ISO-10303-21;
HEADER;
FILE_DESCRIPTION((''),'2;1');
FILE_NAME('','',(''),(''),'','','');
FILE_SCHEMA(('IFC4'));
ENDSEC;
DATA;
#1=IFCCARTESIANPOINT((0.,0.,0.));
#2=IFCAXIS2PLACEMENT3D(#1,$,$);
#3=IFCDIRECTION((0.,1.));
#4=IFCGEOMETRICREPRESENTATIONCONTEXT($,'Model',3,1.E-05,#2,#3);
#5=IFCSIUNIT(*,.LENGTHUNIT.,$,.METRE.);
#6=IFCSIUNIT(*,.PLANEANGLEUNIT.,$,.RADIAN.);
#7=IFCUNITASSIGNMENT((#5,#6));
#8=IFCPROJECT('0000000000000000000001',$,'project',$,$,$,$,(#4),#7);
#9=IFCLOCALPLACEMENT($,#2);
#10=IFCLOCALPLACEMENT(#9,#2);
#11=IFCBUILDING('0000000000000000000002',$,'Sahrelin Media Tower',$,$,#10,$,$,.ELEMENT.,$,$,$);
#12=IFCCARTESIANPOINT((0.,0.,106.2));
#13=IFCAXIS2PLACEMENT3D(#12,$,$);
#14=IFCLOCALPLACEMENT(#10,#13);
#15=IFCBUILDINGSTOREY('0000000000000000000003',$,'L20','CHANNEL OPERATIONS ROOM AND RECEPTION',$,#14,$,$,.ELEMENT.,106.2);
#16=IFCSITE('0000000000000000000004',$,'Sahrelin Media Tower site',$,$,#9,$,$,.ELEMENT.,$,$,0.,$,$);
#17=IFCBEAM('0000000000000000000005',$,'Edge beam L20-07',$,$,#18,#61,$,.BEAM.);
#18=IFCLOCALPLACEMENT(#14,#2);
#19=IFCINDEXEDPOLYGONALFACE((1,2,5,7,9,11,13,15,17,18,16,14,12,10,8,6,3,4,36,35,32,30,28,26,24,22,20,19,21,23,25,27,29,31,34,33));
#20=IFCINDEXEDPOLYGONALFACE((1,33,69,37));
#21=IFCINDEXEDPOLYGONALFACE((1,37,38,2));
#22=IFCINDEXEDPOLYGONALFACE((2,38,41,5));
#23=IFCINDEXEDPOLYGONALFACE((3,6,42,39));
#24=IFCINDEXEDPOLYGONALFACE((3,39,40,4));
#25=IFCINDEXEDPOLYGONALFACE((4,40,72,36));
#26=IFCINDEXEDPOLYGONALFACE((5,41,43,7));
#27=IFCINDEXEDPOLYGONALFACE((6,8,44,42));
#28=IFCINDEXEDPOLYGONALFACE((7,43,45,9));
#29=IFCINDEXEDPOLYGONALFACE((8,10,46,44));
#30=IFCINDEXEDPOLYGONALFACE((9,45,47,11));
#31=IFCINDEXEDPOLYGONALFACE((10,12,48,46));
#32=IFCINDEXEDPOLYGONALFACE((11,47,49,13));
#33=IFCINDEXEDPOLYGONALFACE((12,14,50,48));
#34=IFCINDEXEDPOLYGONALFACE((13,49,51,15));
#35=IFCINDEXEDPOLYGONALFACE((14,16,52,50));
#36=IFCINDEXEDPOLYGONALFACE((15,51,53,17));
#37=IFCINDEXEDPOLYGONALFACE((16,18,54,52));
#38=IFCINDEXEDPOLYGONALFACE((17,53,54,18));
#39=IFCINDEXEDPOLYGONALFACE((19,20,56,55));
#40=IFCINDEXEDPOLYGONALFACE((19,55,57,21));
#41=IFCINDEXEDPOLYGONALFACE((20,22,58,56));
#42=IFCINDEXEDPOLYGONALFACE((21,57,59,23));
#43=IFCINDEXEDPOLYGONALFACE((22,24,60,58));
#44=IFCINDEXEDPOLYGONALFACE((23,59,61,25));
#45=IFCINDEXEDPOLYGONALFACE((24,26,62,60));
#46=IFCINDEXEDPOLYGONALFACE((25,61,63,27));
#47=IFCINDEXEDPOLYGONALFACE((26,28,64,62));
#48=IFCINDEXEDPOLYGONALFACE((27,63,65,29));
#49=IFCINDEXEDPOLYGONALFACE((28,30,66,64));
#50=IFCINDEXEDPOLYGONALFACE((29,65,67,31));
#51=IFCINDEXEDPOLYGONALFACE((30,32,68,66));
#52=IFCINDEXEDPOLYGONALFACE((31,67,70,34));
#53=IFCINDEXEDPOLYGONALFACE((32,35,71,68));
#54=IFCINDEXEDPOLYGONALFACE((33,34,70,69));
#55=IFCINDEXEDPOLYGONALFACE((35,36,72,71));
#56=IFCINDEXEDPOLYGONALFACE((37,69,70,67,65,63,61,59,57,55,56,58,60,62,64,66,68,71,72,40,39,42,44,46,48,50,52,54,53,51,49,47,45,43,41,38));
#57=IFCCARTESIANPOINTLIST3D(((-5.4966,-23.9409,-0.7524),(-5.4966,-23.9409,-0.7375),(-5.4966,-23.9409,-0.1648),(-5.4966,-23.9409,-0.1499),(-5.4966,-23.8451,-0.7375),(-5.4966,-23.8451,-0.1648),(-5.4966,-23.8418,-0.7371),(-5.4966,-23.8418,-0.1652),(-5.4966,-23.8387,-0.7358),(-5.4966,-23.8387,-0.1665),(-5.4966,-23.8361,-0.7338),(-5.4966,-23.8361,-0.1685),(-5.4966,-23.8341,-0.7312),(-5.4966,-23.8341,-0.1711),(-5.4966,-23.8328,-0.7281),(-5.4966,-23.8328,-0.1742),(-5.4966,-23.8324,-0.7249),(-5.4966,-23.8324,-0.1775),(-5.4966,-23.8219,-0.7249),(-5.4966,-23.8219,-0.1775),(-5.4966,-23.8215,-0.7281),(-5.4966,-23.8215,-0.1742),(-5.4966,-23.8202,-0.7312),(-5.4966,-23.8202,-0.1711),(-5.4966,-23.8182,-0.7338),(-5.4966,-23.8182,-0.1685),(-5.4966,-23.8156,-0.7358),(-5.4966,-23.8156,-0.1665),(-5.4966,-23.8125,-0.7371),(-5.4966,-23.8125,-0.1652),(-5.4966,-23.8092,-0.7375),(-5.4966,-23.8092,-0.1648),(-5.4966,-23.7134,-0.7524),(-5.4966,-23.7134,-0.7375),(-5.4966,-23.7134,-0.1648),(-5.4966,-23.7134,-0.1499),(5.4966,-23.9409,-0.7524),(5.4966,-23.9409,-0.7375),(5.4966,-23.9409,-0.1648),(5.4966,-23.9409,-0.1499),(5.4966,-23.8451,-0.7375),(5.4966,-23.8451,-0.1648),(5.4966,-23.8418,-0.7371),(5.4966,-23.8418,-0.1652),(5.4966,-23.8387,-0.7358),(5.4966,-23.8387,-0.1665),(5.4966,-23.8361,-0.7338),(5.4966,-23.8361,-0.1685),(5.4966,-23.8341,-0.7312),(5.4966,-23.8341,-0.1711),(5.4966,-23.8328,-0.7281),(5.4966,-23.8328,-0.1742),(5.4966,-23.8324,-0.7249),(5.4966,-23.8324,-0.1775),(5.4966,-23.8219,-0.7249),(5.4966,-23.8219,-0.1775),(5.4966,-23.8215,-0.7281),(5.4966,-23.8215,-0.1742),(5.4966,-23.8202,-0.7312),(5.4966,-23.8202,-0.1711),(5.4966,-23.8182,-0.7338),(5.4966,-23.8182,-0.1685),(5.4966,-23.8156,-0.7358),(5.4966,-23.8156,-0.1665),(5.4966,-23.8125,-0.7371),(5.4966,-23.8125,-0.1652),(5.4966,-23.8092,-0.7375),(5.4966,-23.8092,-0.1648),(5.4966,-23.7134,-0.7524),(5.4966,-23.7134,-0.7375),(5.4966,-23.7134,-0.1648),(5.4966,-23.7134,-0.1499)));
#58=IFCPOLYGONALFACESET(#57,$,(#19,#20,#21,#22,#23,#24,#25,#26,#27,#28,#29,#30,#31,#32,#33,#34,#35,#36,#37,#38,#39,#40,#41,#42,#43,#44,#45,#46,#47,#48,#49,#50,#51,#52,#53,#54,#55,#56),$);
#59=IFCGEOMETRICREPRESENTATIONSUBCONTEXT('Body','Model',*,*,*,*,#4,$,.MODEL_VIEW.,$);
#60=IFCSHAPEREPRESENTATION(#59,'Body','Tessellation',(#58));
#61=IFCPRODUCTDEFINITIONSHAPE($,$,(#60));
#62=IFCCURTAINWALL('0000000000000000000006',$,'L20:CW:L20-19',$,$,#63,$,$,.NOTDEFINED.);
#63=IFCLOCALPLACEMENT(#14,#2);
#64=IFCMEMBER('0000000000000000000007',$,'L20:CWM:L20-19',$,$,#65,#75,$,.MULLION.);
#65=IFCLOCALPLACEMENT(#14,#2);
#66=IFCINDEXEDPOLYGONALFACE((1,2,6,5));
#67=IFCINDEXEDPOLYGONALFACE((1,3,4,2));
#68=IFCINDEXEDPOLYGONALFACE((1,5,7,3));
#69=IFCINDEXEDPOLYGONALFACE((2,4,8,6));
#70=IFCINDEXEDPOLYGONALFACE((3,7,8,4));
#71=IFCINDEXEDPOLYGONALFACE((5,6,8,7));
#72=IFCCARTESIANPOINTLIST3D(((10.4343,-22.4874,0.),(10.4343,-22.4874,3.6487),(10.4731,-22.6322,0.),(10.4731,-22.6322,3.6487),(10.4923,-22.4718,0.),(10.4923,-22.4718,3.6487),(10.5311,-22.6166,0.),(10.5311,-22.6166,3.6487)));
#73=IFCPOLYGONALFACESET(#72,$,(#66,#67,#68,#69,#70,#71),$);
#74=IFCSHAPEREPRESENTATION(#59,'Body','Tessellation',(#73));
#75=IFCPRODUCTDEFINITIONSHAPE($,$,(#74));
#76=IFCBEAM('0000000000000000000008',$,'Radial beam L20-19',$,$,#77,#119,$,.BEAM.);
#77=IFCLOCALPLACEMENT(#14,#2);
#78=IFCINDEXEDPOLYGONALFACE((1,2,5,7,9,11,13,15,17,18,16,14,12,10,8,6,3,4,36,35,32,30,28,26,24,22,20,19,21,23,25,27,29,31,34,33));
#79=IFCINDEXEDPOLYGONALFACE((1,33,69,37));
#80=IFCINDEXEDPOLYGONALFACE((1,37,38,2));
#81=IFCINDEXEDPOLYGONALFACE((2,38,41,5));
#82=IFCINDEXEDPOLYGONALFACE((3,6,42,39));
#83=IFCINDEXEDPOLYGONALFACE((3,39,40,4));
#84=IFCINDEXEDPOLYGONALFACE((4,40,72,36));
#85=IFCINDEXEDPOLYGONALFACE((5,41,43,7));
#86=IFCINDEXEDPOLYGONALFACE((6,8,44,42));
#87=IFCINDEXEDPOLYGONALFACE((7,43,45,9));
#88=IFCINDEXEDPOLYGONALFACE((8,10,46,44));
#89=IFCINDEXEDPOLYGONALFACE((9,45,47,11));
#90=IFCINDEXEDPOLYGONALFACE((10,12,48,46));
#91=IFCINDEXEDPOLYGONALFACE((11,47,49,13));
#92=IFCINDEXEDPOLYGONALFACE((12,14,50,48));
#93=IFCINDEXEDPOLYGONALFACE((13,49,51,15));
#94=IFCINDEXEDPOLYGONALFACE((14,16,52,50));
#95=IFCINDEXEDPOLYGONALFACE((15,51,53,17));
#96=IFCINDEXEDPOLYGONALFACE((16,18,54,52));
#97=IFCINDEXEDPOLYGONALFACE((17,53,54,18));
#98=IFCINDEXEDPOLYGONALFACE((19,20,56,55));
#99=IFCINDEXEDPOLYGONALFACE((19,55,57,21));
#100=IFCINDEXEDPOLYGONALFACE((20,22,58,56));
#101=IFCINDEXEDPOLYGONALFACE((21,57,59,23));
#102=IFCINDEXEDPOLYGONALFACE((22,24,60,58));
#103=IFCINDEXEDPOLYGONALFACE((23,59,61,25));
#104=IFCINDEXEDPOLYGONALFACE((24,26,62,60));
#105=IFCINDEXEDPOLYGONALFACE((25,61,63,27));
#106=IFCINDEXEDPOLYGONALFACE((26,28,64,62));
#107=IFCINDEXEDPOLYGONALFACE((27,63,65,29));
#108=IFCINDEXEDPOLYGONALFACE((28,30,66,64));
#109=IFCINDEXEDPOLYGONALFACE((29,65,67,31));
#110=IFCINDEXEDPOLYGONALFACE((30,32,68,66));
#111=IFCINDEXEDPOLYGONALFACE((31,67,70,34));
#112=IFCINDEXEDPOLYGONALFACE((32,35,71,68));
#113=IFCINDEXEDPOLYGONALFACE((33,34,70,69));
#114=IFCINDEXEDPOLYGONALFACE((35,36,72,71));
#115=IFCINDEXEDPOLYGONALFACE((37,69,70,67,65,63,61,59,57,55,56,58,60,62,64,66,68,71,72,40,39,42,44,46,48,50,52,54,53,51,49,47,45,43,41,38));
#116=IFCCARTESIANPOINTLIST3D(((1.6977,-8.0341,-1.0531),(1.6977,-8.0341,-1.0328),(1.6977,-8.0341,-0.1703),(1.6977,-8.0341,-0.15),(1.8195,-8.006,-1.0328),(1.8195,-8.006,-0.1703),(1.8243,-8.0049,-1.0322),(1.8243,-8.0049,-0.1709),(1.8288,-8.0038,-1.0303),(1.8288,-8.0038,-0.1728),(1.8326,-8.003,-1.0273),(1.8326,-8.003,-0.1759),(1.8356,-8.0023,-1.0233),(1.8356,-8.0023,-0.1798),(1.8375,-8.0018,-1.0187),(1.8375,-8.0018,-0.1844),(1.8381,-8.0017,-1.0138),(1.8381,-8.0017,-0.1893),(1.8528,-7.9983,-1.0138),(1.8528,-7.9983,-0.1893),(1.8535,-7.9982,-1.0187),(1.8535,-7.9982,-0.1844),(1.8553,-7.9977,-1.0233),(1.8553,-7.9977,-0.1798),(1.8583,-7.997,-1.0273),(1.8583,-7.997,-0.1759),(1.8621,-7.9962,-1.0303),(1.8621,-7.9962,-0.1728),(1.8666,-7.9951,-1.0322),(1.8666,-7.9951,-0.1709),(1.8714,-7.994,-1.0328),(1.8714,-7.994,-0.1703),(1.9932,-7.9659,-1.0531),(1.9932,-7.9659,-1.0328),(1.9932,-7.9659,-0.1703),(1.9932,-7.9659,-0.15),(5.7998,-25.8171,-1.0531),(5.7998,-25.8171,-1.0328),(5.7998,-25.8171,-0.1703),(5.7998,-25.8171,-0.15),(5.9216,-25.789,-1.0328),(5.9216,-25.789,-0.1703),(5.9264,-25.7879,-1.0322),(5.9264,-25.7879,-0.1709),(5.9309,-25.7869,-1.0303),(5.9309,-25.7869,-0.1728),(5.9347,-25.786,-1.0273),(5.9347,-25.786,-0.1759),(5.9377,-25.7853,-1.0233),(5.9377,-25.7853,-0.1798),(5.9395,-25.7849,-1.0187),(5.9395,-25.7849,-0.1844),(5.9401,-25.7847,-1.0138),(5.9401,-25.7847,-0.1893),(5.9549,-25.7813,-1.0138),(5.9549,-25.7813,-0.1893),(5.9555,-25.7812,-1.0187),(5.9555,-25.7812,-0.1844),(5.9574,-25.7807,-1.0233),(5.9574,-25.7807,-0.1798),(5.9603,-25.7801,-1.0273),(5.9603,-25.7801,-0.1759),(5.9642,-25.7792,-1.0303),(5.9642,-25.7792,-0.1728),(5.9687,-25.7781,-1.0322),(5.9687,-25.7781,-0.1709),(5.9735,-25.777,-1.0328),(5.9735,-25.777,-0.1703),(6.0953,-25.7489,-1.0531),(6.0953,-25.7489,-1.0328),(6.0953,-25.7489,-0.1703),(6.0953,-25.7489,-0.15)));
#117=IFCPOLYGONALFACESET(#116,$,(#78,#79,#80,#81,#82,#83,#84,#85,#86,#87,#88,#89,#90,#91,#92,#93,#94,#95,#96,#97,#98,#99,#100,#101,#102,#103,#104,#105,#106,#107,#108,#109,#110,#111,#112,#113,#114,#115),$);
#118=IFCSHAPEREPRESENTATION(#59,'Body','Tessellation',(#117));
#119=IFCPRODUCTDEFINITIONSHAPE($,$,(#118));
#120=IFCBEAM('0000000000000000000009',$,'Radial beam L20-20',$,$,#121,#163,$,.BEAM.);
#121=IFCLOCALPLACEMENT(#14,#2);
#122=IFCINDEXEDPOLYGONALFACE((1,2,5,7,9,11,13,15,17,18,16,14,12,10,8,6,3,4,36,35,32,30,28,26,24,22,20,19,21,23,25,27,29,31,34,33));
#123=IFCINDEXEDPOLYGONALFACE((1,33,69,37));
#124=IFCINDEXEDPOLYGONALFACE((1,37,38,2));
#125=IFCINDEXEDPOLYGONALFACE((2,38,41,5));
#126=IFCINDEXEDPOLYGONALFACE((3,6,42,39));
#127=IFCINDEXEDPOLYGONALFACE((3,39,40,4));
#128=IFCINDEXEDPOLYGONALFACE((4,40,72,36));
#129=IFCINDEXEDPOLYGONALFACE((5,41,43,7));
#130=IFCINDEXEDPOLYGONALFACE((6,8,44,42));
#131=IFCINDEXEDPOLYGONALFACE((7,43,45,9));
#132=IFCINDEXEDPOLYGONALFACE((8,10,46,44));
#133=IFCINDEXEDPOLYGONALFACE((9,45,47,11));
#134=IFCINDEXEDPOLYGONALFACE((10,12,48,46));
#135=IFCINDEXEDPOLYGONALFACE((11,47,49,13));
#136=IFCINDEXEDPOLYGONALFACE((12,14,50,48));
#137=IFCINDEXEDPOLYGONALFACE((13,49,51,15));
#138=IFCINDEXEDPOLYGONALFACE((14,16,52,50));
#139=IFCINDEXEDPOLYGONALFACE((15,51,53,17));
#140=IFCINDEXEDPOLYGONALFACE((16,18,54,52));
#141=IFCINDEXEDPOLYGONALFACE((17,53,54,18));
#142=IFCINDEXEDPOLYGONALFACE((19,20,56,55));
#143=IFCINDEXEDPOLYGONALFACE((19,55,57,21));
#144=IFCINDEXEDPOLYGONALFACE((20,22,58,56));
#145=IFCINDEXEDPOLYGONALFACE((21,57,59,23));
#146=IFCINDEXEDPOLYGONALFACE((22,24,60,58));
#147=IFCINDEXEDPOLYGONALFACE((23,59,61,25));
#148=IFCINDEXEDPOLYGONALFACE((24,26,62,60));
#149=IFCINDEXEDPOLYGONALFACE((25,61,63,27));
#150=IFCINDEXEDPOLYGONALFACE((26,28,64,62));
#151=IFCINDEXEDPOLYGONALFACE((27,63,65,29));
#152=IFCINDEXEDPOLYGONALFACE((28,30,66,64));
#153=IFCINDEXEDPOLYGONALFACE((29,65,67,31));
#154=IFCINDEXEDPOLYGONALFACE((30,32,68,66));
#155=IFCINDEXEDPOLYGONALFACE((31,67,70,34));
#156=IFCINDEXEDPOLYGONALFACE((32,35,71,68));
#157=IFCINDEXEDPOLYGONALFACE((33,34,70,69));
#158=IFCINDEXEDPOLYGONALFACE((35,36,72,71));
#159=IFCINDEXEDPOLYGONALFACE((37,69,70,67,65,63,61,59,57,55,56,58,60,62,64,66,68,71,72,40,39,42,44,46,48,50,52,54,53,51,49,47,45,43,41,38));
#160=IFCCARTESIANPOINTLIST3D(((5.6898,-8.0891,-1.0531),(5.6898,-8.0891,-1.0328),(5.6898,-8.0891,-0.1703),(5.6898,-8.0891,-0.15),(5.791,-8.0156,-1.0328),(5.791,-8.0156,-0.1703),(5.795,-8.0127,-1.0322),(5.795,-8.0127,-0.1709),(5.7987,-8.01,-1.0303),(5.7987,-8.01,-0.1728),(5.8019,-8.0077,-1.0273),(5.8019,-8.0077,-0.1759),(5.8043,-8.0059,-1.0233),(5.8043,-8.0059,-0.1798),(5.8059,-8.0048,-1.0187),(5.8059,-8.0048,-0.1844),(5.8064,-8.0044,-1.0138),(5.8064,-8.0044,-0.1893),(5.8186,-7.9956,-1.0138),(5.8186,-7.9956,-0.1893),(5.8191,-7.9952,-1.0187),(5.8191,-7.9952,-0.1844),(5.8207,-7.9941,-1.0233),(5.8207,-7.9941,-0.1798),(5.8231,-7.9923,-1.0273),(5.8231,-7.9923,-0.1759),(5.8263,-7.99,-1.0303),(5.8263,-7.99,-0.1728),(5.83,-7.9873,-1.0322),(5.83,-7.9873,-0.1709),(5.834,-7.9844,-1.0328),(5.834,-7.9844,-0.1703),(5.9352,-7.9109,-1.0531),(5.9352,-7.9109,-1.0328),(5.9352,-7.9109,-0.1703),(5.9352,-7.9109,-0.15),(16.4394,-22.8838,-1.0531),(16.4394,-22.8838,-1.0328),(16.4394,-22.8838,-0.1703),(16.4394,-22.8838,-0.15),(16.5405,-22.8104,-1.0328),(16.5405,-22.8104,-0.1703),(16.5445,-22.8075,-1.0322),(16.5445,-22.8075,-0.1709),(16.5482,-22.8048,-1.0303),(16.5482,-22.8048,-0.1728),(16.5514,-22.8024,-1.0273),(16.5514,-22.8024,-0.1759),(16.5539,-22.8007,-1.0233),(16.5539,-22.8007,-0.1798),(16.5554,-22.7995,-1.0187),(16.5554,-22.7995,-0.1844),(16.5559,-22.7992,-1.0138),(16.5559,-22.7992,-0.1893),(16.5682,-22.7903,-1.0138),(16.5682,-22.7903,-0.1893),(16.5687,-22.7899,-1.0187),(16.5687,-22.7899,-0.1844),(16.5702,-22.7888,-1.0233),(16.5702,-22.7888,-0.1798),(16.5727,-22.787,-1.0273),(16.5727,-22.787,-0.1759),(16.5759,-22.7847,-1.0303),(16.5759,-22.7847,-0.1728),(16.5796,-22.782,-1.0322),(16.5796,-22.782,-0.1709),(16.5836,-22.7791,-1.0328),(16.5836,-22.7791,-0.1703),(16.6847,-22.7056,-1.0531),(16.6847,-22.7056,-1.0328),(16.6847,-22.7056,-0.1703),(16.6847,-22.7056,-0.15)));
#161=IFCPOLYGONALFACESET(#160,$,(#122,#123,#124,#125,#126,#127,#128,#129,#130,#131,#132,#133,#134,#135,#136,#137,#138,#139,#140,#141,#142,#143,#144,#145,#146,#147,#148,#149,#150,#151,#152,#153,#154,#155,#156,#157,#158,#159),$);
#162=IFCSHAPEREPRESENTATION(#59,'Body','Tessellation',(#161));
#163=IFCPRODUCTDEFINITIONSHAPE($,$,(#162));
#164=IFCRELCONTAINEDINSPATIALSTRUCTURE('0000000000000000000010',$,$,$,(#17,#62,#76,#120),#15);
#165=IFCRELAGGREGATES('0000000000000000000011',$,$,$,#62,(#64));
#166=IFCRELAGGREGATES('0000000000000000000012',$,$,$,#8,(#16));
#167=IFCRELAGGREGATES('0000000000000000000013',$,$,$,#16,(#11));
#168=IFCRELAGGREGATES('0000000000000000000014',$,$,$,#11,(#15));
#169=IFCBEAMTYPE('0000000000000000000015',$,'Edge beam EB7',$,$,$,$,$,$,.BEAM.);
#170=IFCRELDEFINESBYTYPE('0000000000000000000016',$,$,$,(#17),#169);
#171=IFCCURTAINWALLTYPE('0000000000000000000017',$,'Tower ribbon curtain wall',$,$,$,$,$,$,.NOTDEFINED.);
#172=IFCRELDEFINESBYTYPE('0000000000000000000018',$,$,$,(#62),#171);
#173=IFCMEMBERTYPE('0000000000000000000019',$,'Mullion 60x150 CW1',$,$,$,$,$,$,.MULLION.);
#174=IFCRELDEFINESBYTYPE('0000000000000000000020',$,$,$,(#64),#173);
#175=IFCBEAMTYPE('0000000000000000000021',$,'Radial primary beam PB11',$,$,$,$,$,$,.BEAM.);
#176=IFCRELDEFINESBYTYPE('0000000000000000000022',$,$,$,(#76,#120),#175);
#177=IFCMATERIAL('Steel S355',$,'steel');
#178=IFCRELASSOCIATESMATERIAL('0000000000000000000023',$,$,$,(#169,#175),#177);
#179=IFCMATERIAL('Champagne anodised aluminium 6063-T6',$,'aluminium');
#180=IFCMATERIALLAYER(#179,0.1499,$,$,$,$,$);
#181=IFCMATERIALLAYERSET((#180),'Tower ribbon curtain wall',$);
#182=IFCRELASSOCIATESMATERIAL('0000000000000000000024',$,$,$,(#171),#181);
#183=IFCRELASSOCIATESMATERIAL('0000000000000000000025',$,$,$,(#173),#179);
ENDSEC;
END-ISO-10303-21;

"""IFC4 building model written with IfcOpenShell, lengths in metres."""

from ifc_helpers import new_model, si_unit, direction, frame, origin, origin_2d, place, context, subcontext, project, spatial, rectangle, i_section, extrude, material, layer, layer_set, material_profile, profile_set, type_object, element, aggregate, save


model = new_model("IFC4")

# Units and contexts
model_context = context("Model", 3, precision=1e-05, world=origin(), true_north=direction((0.0, 1.0)))
body_context = subcontext(model_context, "Body", "Model", "MODEL_VIEW")
ifc_project = project(units=[si_unit("LENGTHUNIT", "METRE"), si_unit("PLANEANGLEUNIT", "RADIAN")], contexts=[model_context])

# Site, building, storey
site_placement = place(None, origin())
site = spatial("IfcSite", under=ifc_project, at=site_placement, Name="Sahrelin Media Tower site", CompositionType="ELEMENT", RefElevation=0.0)
building_placement = place(site_placement, origin())
building = spatial("IfcBuilding", under=site, at=building_placement, Name="Sahrelin Media Tower", CompositionType="ELEMENT")
storey_placement = place(building_placement, frame((0.0, 0.0, 106.2)))
storey = spatial("IfcBuildingStorey", under=building, at=storey_placement, Name="L20", Description="CHANNEL OPERATIONS ROOM AND RECEPTION", CompositionType="ELEMENT", Elevation=106.2)

# Beam
ifc_material_1 = material(Name="Steel S355", Category="steel")
ifc_material_profile_1 = material_profile(ifc_material_1, i_section(OverallWidth=0.2275, OverallDepth=0.6025, WebThickness=0.0105, FlangeThickness=0.0149, FilletRadius=0.0127, at=origin_2d()), Name="UB 610x229x101")
ifc_profile_set_1 = profile_set([ifc_material_profile_1], Name="Steel S355")
beam_type_1 = type_object("IfcBeamType", Name="Edge beam EB7", PredefinedType="BEAM", material=ifc_profile_set_1)
beam_1_placement = place(storey_placement, frame((5.4966, -23.8271, -0.4512), z_axis=(-1.0, 0.0, 0.0), x_axis=(0.0, -1.0, 0.0)))
element("IfcBeam", 1, at=beam_1_placement, inside=storey, type_object=beam_type_1, Name="Edge beam L20-07", PredefinedType="BEAM", context=body_context, shape_type="SweptSolid", body=[
    extrude(i_section(OverallWidth=0.2275, OverallDepth=0.6025, WebThickness=0.0105, FlangeThickness=0.0149, FilletRadius=0.0127, at=origin_2d()), origin(), (0.0, 0.0, 1.0), 10.9932),
])

# Curtain wall, member
ifc_material_2 = material(Name="Champagne anodised aluminium 6063-T6", Category="aluminium")
ifc_layer_1 = layer(ifc_material_2, 0.1499)
ifc_layer_set_1 = layer_set([ifc_layer_1], Name="Tower ribbon curtain wall")
curtain_wall_type = type_object("IfcCurtainWallType", Name="Tower ribbon curtain wall", PredefinedType="NOTDEFINED", material=ifc_layer_set_1)
curtain_wall_placement = place(storey_placement, frame((10.5071, -22.6438, 0.0), z_axis=(0.0, 0.0, 1.0), x_axis=(1.0, 0.0, 0.0)))
curtain_wall = element("IfcCurtainWall", 2, at=curtain_wall_placement, inside=storey, type_object=curtain_wall_type, Name="L20:CW:L20-19", PredefinedType="NOTDEFINED")
ifc_material_profile_2 = material_profile(ifc_material_2, rectangle(XDim=0.0601, YDim=0.1499, at=origin_2d()), Name="Mullion 60x150")
ifc_profile_set_2 = profile_set([ifc_material_profile_2], Name="Champagne anodised aluminium 6063-T6")
member_type_1 = type_object("IfcMemberType", Name="Mullion 60x150 CW1", PredefinedType="MULLION", material=ifc_profile_set_2)
member_1_placement = place(storey_placement, frame((10.4827, -22.552, 0.0), z_axis=(0.0, 0.0, 1.0), x_axis=(0.965926, 0.258817, 0.0)))
member_1 = element("IfcMember", 3, at=member_1_placement, type_object=member_type_1, Name="L20:CWM:L20-19", PredefinedType="MULLION", context=body_context, shape_type="SweptSolid", body=[
    extrude(rectangle(XDim=0.0601, YDim=0.1499, at=origin_2d()), origin(), (0.0, 0.0, 1.0), 3.6487),
])

# Beams
ifc_material_profile_3 = material_profile(ifc_material_1, i_section(OverallWidth=0.3032, OverallDepth=0.9031, WebThickness=0.0151, FlangeThickness=0.0203, FilletRadius=0.019, at=origin_2d()), Name="UB 914x305x201")
ifc_profile_set_3 = profile_set([ifc_material_profile_3], Name="Steel S355")
beam_type_2 = type_object("IfcBeamType", Name="Radial primary beam PB11", PredefinedType="BEAM", material=ifc_profile_set_3)
beam_2_placement = place(storey_placement, frame((1.8455, -8.0, -0.6016), z_axis=(0.224771, -0.974412, 0.0), x_axis=(0.974412, 0.224771, 0.0)))
element("IfcBeam", 4, at=beam_2_placement, inside=storey, type_object=beam_type_2, Name="Radial beam L20-19", PredefinedType="BEAM", context=body_context, shape_type="SweptSolid", body=[
    extrude(i_section(OverallWidth=0.3032, OverallDepth=0.9031, WebThickness=0.0151, FlangeThickness=0.0203, FilletRadius=0.019, at=origin_2d()), origin(), (0.0, 0.0, 1.0), 18.25),
])
beam_3_placement = place(storey_placement, frame((5.8125, -8.0, -0.6016), z_axis=(0.587805, -0.809003, 0.0), x_axis=(0.809003, 0.587805, 0.0)))
element("IfcBeam", 5, at=beam_3_placement, inside=storey, type_object=beam_type_2, Name="Radial beam L20-20", PredefinedType="BEAM", context=body_context, shape_type="SweptSolid", body=[
    extrude(i_section(OverallWidth=0.3032, OverallDepth=0.9031, WebThickness=0.0151, FlangeThickness=0.0203, FilletRadius=0.019, at=origin_2d()), origin(), (0.0, 0.0, 1.0), 18.2876),
])

aggregate(curtain_wall, [member_1])

save(model, "model.ifc")
